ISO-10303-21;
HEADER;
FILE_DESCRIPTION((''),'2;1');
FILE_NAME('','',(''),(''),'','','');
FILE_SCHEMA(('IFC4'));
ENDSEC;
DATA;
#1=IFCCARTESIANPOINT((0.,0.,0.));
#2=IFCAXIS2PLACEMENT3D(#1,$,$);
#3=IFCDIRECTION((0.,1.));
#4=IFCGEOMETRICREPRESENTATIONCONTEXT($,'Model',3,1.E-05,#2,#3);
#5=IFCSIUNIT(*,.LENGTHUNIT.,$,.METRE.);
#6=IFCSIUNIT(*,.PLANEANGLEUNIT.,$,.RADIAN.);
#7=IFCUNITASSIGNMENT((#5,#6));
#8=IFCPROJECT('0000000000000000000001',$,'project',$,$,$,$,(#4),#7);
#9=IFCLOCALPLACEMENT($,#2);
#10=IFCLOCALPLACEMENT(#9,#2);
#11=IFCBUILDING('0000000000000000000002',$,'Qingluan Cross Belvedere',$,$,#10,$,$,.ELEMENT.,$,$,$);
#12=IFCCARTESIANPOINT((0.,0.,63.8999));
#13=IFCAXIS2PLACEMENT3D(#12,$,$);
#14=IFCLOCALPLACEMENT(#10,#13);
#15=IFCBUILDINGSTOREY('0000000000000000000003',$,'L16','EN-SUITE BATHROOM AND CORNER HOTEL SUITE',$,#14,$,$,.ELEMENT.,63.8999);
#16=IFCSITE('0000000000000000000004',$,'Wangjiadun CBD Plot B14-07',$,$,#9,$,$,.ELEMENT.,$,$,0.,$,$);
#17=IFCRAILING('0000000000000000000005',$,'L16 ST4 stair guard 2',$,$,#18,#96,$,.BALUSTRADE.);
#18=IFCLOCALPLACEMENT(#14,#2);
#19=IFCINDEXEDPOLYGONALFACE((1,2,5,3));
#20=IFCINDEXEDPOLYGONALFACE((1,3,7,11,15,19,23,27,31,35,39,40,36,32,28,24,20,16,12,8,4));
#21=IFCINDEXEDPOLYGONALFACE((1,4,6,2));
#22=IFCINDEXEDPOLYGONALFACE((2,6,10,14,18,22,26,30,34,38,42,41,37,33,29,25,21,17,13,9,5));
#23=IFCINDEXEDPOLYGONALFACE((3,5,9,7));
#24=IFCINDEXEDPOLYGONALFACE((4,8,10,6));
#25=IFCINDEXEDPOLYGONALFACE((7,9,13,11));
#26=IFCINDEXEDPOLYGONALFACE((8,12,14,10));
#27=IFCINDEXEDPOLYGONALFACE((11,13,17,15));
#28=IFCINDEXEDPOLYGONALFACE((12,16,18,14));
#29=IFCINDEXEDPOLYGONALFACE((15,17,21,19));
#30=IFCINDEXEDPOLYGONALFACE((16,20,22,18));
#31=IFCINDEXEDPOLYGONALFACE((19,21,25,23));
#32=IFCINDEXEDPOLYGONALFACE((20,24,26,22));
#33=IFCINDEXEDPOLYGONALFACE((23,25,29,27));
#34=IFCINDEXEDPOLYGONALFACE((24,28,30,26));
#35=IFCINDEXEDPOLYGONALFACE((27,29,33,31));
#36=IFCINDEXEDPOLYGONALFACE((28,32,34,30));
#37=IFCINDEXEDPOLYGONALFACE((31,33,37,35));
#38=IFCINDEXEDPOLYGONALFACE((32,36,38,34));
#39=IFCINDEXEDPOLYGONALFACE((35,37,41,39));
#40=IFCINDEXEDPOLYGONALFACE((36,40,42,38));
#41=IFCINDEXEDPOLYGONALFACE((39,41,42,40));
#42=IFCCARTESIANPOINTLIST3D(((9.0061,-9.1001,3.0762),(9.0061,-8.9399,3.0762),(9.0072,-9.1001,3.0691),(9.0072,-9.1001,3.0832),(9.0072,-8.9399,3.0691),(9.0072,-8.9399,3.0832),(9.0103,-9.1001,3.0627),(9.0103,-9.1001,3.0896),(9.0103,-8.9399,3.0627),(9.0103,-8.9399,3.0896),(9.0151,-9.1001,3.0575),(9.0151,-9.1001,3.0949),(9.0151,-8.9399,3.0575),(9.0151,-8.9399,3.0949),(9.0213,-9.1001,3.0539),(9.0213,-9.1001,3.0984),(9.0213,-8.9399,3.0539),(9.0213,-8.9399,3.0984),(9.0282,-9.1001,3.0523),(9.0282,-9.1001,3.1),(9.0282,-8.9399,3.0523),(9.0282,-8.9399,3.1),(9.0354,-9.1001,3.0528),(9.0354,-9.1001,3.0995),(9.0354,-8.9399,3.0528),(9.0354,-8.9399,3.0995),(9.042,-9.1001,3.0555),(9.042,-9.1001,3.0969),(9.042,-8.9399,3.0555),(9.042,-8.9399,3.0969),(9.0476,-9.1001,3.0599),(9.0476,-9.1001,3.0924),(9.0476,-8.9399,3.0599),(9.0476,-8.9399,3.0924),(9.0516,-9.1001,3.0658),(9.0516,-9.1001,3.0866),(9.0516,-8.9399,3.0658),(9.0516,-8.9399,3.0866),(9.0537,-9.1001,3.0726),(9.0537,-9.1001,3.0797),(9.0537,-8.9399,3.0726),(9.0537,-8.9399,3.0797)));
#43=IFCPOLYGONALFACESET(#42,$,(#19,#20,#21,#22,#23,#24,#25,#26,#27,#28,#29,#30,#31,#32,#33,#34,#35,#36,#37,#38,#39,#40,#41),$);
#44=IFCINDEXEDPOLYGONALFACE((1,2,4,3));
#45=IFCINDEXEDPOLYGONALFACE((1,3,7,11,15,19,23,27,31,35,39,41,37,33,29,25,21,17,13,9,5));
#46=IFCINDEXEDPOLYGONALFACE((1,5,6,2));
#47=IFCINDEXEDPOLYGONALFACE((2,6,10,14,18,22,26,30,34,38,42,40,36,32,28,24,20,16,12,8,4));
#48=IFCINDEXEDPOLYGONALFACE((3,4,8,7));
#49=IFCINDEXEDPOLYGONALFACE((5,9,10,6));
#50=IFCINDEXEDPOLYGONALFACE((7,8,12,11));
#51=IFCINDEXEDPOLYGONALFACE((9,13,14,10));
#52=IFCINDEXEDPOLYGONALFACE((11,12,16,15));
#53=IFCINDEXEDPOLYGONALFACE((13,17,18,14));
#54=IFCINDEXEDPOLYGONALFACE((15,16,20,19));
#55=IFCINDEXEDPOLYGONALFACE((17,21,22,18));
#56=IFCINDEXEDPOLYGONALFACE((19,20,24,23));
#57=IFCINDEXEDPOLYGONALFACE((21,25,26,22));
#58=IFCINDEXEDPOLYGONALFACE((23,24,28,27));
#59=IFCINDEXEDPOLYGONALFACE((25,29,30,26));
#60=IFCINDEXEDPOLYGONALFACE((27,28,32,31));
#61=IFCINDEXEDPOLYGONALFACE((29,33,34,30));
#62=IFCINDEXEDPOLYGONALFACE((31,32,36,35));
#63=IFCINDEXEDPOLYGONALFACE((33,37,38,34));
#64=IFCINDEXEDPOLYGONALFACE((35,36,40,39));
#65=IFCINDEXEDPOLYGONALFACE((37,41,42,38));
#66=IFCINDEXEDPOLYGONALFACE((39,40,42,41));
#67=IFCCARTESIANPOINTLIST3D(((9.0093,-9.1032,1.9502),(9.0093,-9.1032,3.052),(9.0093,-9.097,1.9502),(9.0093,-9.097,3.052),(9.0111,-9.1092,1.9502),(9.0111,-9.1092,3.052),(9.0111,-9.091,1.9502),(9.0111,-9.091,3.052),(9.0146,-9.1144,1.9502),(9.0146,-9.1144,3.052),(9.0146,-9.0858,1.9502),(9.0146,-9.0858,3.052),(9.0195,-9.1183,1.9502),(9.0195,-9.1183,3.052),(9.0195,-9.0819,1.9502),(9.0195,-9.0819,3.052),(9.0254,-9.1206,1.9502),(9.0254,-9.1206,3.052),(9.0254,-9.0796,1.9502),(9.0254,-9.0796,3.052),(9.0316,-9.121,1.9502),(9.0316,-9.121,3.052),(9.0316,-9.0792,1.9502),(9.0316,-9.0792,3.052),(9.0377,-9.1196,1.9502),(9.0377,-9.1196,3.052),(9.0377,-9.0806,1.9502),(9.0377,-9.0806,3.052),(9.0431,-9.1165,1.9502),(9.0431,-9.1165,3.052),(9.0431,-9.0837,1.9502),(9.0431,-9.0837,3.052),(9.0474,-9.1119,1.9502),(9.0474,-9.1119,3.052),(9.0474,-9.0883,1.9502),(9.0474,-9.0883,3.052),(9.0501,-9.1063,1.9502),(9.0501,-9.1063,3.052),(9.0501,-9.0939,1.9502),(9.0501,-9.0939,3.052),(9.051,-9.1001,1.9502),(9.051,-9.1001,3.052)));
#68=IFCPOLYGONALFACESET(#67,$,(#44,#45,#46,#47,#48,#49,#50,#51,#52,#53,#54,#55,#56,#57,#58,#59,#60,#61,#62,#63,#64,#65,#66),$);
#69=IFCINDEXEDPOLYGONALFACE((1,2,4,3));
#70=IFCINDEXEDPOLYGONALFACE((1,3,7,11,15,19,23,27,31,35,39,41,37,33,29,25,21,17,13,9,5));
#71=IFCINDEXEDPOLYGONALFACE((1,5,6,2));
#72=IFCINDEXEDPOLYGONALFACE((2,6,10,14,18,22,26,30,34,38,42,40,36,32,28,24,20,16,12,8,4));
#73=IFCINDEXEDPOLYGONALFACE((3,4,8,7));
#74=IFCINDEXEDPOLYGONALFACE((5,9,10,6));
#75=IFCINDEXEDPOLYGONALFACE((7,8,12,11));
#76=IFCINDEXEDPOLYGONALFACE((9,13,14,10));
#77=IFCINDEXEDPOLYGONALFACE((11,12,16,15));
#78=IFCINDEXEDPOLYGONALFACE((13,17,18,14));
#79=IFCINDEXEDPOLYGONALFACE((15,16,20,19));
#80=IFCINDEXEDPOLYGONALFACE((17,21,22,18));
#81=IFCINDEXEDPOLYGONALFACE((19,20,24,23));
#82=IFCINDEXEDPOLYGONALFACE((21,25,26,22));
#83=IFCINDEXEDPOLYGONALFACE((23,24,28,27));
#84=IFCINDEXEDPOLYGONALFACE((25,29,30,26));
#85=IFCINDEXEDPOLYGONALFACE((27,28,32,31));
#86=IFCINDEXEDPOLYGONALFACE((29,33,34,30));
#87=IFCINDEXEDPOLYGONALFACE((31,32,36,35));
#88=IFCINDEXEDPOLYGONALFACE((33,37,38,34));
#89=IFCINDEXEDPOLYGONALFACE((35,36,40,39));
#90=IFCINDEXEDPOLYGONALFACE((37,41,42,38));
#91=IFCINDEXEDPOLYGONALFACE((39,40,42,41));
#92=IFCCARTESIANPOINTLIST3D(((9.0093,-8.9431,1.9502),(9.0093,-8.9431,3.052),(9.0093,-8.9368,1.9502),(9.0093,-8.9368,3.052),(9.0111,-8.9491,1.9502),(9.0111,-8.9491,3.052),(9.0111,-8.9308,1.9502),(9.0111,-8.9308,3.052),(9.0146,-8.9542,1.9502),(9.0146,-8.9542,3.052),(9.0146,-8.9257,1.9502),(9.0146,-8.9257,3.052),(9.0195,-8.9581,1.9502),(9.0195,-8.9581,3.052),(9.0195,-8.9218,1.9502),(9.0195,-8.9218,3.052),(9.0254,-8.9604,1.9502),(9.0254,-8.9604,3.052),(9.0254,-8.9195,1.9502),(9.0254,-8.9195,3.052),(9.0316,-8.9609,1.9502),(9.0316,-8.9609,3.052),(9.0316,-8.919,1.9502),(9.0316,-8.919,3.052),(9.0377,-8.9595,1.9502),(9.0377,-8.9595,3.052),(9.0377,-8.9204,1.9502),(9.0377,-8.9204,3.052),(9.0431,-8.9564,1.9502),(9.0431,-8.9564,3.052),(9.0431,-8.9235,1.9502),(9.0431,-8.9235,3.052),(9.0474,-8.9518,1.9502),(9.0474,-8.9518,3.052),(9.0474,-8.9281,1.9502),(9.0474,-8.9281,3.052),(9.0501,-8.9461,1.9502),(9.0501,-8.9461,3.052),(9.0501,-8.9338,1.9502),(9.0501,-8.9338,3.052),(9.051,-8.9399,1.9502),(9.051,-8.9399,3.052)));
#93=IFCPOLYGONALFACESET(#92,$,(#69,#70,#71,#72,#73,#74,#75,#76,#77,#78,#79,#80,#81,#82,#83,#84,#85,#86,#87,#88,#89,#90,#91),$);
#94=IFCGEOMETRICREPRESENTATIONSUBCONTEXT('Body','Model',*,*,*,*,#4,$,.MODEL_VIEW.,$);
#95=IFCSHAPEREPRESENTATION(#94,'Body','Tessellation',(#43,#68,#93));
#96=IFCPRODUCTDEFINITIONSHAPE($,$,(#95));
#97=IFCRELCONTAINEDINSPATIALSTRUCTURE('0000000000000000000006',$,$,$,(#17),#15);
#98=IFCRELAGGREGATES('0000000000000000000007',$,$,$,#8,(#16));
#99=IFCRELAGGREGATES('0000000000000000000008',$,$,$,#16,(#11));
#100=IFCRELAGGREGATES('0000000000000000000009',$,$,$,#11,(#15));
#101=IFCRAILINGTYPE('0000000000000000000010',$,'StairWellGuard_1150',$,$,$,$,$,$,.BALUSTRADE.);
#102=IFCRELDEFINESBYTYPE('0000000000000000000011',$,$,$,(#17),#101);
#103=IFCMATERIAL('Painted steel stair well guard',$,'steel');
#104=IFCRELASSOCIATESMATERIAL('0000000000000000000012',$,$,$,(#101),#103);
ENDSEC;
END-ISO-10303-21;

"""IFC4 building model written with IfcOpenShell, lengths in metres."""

from ifc_helpers import new_model, si_unit, direction, frame, origin, origin_2d, place, context, subcontext, project, spatial, circle, extrude, material, type_object, element, save


model = new_model("IFC4")

# Units and contexts
model_context = context("Model", 3, precision=1e-05, world=origin(), true_north=direction((0.0, 1.0)))
body_context = subcontext(model_context, "Body", "Model", "MODEL_VIEW")
ifc_project = project(units=[si_unit("LENGTHUNIT", "METRE"), si_unit("PLANEANGLEUNIT", "RADIAN")], contexts=[model_context])

# Site, building, storey
site_placement = place(None, origin())
site = spatial("IfcSite", under=ifc_project, at=site_placement, Name="Wangjiadun CBD Plot B14-07", CompositionType="ELEMENT", RefElevation=0.0)
building_placement = place(site_placement, origin())
building = spatial("IfcBuilding", under=site, at=building_placement, Name="Qingluan Cross Belvedere", CompositionType="ELEMENT")
storey_placement = place(building_placement, frame((0.0, 0.0, 63.8999)))
storey = spatial("IfcBuildingStorey", under=building, at=storey_placement, Name="L16", Description="EN-SUITE BATHROOM AND CORNER HOTEL SUITE", CompositionType="ELEMENT", Elevation=63.8999)

# Railing
ifc_material_1 = material(Name="Painted steel stair well guard", Category="steel")
railing_type_1 = type_object("IfcRailingType", Name="StairWellGuard_1150", PredefinedType="BALUSTRADE", material=ifc_material_1)
railing_1_placement = place(storey_placement, frame((9.03, -9.1001, 1.9502)))
element("IfcRailing", 1, at=railing_1_placement, inside=storey, type_object=railing_type_1, Name="L16 ST4 stair guard 2", PredefinedType="BALUSTRADE", context=body_context, shape_type="SweptSolid", body=[
    extrude(circle(Radius=0.0239, at=origin_2d()), frame((0.0, 0.0, 1.126), z_axis=(0.0, 1.0, 0.0), x_axis=(-1.0, 0.0, 0.0)), (0.0, 0.0, 1.0), 0.1602),
    extrude(circle(Radius=0.021, at=origin_2d()), origin(), (0.0, 0.0, 1.0), 1.1018),
    extrude(circle(Radius=0.021, at=origin_2d()), frame((0.0, 0.1602, 0.0)), (0.0, 0.0, 1.0), 1.1018),
])

save(model, "model.ifc")
